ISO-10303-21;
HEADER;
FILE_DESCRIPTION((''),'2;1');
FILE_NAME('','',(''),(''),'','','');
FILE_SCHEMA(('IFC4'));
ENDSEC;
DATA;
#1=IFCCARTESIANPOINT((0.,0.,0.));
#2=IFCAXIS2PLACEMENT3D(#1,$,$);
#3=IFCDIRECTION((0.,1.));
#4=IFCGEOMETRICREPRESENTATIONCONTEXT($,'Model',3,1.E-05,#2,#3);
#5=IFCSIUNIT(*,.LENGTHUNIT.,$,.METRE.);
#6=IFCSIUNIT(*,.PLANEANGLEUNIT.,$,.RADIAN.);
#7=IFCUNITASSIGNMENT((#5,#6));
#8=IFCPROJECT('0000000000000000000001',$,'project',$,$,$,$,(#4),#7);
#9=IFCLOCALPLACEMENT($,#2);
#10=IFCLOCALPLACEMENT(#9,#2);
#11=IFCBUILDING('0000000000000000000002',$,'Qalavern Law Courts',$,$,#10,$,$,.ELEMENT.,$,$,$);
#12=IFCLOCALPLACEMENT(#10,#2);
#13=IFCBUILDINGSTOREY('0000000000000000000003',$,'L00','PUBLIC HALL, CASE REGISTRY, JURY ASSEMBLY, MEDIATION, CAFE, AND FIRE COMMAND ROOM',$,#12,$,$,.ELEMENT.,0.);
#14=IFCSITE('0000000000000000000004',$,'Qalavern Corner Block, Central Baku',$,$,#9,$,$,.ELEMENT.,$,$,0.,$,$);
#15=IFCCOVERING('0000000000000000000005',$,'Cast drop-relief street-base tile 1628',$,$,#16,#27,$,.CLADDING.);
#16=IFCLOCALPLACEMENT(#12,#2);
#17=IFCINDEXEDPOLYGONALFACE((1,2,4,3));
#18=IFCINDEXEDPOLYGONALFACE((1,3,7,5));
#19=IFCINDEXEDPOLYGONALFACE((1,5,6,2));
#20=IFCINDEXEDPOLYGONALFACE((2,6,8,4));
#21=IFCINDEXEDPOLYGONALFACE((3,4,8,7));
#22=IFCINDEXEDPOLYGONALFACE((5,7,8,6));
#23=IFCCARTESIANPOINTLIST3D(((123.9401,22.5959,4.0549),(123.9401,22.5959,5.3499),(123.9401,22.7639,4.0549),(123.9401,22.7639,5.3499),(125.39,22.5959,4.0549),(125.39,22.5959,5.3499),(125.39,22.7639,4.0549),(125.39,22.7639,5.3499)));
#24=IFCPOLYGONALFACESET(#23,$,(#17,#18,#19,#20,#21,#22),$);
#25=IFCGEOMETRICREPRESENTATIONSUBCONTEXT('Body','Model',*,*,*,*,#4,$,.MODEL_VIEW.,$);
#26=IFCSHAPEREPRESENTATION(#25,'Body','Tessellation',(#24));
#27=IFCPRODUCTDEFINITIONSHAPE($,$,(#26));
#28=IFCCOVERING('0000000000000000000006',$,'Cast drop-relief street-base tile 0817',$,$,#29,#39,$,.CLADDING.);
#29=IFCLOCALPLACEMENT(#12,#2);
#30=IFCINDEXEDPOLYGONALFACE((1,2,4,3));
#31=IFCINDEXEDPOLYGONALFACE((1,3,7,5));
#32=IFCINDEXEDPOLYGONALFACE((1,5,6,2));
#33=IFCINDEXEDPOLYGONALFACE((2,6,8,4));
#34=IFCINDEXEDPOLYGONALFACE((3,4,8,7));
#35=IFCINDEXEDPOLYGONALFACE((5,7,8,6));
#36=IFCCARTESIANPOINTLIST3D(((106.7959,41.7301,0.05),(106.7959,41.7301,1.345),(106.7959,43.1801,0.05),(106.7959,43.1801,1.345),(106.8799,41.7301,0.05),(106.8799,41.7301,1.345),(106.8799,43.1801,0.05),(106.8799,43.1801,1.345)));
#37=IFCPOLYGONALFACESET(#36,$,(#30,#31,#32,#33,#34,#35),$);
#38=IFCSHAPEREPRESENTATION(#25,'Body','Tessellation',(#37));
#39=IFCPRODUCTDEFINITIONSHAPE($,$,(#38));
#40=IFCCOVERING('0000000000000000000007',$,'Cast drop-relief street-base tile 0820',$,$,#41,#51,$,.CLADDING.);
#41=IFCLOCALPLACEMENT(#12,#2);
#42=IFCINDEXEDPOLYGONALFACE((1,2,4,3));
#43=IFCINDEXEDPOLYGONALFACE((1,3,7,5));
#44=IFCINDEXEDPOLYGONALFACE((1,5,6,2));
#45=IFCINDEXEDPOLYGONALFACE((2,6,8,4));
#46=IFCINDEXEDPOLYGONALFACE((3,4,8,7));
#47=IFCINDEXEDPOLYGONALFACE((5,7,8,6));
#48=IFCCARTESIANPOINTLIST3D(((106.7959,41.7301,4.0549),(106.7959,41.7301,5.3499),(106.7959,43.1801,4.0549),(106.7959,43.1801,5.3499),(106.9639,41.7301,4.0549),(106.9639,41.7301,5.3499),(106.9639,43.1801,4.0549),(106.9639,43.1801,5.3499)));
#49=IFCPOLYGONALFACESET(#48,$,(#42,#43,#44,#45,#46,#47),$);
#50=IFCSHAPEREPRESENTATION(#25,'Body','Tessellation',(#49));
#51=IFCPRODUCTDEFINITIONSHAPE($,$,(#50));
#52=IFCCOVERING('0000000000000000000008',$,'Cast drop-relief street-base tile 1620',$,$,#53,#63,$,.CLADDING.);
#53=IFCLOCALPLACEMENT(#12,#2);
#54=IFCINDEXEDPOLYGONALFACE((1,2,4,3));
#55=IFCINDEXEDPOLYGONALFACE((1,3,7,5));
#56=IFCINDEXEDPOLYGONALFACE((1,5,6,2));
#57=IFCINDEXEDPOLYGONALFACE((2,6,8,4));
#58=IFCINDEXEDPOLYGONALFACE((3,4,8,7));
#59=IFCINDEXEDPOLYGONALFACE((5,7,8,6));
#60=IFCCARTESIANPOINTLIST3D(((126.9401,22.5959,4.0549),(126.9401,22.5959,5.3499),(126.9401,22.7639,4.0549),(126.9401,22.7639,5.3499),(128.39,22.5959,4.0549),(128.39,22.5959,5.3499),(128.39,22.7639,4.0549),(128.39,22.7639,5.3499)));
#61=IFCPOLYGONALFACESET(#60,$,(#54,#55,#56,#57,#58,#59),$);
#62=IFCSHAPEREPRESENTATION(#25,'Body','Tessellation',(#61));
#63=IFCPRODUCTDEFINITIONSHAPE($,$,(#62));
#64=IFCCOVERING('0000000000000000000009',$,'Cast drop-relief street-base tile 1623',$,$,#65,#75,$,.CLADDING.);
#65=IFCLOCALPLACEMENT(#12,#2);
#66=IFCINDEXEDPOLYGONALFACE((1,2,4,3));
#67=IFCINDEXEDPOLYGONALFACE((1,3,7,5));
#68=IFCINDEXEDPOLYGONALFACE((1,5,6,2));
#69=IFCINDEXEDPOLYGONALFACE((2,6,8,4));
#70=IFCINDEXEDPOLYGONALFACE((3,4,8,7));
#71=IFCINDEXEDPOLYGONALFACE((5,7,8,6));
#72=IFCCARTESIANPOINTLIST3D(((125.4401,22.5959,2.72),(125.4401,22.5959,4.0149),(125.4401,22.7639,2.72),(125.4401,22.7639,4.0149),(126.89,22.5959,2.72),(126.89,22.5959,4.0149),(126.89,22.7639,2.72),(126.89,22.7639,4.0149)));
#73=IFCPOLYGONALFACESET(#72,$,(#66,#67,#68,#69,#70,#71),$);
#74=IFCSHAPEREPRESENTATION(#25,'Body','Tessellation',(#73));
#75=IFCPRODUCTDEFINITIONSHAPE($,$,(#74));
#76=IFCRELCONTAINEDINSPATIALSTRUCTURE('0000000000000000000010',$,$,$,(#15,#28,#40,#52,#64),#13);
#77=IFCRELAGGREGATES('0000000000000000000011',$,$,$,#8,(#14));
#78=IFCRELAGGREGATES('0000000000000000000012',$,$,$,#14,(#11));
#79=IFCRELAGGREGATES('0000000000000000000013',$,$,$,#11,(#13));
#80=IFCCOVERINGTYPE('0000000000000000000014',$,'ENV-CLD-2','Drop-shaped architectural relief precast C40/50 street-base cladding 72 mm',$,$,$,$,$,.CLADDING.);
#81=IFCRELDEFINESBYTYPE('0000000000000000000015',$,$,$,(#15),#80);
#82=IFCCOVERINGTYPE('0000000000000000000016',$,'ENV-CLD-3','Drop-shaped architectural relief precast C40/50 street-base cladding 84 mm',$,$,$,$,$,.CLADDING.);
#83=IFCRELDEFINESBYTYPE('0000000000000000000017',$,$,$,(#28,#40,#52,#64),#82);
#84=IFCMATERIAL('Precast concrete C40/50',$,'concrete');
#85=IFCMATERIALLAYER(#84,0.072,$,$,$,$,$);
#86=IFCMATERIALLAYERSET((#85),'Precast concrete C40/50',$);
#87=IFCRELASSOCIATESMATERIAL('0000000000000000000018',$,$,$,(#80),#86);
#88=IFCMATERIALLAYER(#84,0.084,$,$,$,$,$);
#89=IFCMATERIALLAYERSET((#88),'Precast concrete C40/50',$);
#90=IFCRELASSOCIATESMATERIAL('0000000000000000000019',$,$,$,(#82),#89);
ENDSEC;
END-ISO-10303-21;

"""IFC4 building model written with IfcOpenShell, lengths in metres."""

from ifc_helpers import new_model, si_unit, direction, frame, origin, origin_2d, place, context, subcontext, project, spatial, rectangle, extrude, material, layer, layer_set, type_object, element, save


model = new_model("IFC4")

# Units and contexts
model_context = context("Model", 3, precision=1e-05, world=origin(), true_north=direction((0.0, 1.0)))
body_context = subcontext(model_context, "Body", "Model", "MODEL_VIEW")
ifc_project = project(units=[si_unit("LENGTHUNIT", "METRE"), si_unit("PLANEANGLEUNIT", "RADIAN")], contexts=[model_context])

# Site, building, storey
site_placement = place(None, origin())
site = spatial("IfcSite", under=ifc_project, at=site_placement, Name="Qalavern Corner Block, Central Baku", CompositionType="ELEMENT", RefElevation=0.0)
building_placement = place(site_placement, origin())
building = spatial("IfcBuilding", under=site, at=building_placement, Name="Qalavern Law Courts", CompositionType="ELEMENT")
storey_placement = place(building_placement, origin())
storey = spatial("IfcBuildingStorey", under=building, at=storey_placement, Name="L00", Description="PUBLIC HALL, CASE REGISTRY, JURY ASSEMBLY, MEDIATION, CAFE, AND FIRE COMMAND ROOM", CompositionType="ELEMENT", Elevation=0.0)

# Coverings
ifc_material_1 = material(Name="Precast concrete C40/50", Category="concrete")
ifc_layer_1 = layer(ifc_material_1, 0.072)
ifc_layer_set_1 = layer_set([ifc_layer_1], Name="Precast concrete C40/50")
covering_type_1 = type_object("IfcCoveringType", Name="ENV-CLD-2", Description="Drop-shaped architectural relief precast C40/50 street-base cladding 72 mm", PredefinedType="CLADDING", material=ifc_layer_set_1)
for number, where, z_axis, x_axis, name in (
    (1, (124.665, 22.6799, 4.0549), (0.0, 0.0, 1.0), (-1.0, 0.0, 0.0), "Cast drop-relief street-base tile 1628"),
):
    element("IfcCovering", number, at=place(storey_placement, frame(where, z_axis=z_axis, x_axis=x_axis)), inside=storey, type_object=covering_type_1, Name=name, PredefinedType="CLADDING", context=body_context, shape_type="SweptSolid", body=[
        extrude(rectangle(XDim=1.45, YDim=0.168, at=origin_2d()), origin(), (0.0, 0.0, 1.0), 1.2949),
    ])
ifc_layer_2 = layer(ifc_material_1, 0.084)
ifc_layer_set_2 = layer_set([ifc_layer_2], Name="Precast concrete C40/50")
covering_type_2 = type_object("IfcCoveringType", Name="ENV-CLD-3", Description="Drop-shaped architectural relief precast C40/50 street-base cladding 84 mm", PredefinedType="CLADDING", material=ifc_layer_set_2)
covering_1_placement = place(storey_placement, frame((106.8379, 42.4551, 0.05), z_axis=(0.0, 0.0, 1.0), x_axis=(0.0, 1.0, 0.0)))
element("IfcCovering", 2, at=covering_1_placement, inside=storey, type_object=covering_type_2, Name="Cast drop-relief street-base tile 0817", PredefinedType="CLADDING", context=body_context, shape_type="SweptSolid", body=[
    extrude(rectangle(XDim=1.45, YDim=0.084, at=origin_2d()), origin(), (0.0, 0.0, 1.0), 1.2949),
])
for number, where, z_axis, x_axis, name in (
    (3, (106.8799, 42.4551, 4.0549), (0.0, 0.0, 1.0), (0.0, 1.0, 0.0), "Cast drop-relief street-base tile 0820"),
    (4, (127.665, 22.6799, 4.0549), (0.0, 0.0, 1.0), (-1.0, 0.0, 0.0), "Cast drop-relief street-base tile 1620"),
    (5, (126.165, 22.6799, 2.72), (0.0, 0.0, 1.0), (-1.0, 0.0, 0.0), "Cast drop-relief street-base tile 1623"),
):
    element("IfcCovering", number, at=place(storey_placement, frame(where, z_axis=z_axis, x_axis=x_axis)), inside=storey, type_object=covering_type_2, Name=name, PredefinedType="CLADDING", context=body_context, shape_type="SweptSolid", body=[
        extrude(rectangle(XDim=1.45, YDim=0.168, at=origin_2d()), origin(), (0.0, 0.0, 1.0), 1.2949),
    ])

save(model, "model.ifc")
